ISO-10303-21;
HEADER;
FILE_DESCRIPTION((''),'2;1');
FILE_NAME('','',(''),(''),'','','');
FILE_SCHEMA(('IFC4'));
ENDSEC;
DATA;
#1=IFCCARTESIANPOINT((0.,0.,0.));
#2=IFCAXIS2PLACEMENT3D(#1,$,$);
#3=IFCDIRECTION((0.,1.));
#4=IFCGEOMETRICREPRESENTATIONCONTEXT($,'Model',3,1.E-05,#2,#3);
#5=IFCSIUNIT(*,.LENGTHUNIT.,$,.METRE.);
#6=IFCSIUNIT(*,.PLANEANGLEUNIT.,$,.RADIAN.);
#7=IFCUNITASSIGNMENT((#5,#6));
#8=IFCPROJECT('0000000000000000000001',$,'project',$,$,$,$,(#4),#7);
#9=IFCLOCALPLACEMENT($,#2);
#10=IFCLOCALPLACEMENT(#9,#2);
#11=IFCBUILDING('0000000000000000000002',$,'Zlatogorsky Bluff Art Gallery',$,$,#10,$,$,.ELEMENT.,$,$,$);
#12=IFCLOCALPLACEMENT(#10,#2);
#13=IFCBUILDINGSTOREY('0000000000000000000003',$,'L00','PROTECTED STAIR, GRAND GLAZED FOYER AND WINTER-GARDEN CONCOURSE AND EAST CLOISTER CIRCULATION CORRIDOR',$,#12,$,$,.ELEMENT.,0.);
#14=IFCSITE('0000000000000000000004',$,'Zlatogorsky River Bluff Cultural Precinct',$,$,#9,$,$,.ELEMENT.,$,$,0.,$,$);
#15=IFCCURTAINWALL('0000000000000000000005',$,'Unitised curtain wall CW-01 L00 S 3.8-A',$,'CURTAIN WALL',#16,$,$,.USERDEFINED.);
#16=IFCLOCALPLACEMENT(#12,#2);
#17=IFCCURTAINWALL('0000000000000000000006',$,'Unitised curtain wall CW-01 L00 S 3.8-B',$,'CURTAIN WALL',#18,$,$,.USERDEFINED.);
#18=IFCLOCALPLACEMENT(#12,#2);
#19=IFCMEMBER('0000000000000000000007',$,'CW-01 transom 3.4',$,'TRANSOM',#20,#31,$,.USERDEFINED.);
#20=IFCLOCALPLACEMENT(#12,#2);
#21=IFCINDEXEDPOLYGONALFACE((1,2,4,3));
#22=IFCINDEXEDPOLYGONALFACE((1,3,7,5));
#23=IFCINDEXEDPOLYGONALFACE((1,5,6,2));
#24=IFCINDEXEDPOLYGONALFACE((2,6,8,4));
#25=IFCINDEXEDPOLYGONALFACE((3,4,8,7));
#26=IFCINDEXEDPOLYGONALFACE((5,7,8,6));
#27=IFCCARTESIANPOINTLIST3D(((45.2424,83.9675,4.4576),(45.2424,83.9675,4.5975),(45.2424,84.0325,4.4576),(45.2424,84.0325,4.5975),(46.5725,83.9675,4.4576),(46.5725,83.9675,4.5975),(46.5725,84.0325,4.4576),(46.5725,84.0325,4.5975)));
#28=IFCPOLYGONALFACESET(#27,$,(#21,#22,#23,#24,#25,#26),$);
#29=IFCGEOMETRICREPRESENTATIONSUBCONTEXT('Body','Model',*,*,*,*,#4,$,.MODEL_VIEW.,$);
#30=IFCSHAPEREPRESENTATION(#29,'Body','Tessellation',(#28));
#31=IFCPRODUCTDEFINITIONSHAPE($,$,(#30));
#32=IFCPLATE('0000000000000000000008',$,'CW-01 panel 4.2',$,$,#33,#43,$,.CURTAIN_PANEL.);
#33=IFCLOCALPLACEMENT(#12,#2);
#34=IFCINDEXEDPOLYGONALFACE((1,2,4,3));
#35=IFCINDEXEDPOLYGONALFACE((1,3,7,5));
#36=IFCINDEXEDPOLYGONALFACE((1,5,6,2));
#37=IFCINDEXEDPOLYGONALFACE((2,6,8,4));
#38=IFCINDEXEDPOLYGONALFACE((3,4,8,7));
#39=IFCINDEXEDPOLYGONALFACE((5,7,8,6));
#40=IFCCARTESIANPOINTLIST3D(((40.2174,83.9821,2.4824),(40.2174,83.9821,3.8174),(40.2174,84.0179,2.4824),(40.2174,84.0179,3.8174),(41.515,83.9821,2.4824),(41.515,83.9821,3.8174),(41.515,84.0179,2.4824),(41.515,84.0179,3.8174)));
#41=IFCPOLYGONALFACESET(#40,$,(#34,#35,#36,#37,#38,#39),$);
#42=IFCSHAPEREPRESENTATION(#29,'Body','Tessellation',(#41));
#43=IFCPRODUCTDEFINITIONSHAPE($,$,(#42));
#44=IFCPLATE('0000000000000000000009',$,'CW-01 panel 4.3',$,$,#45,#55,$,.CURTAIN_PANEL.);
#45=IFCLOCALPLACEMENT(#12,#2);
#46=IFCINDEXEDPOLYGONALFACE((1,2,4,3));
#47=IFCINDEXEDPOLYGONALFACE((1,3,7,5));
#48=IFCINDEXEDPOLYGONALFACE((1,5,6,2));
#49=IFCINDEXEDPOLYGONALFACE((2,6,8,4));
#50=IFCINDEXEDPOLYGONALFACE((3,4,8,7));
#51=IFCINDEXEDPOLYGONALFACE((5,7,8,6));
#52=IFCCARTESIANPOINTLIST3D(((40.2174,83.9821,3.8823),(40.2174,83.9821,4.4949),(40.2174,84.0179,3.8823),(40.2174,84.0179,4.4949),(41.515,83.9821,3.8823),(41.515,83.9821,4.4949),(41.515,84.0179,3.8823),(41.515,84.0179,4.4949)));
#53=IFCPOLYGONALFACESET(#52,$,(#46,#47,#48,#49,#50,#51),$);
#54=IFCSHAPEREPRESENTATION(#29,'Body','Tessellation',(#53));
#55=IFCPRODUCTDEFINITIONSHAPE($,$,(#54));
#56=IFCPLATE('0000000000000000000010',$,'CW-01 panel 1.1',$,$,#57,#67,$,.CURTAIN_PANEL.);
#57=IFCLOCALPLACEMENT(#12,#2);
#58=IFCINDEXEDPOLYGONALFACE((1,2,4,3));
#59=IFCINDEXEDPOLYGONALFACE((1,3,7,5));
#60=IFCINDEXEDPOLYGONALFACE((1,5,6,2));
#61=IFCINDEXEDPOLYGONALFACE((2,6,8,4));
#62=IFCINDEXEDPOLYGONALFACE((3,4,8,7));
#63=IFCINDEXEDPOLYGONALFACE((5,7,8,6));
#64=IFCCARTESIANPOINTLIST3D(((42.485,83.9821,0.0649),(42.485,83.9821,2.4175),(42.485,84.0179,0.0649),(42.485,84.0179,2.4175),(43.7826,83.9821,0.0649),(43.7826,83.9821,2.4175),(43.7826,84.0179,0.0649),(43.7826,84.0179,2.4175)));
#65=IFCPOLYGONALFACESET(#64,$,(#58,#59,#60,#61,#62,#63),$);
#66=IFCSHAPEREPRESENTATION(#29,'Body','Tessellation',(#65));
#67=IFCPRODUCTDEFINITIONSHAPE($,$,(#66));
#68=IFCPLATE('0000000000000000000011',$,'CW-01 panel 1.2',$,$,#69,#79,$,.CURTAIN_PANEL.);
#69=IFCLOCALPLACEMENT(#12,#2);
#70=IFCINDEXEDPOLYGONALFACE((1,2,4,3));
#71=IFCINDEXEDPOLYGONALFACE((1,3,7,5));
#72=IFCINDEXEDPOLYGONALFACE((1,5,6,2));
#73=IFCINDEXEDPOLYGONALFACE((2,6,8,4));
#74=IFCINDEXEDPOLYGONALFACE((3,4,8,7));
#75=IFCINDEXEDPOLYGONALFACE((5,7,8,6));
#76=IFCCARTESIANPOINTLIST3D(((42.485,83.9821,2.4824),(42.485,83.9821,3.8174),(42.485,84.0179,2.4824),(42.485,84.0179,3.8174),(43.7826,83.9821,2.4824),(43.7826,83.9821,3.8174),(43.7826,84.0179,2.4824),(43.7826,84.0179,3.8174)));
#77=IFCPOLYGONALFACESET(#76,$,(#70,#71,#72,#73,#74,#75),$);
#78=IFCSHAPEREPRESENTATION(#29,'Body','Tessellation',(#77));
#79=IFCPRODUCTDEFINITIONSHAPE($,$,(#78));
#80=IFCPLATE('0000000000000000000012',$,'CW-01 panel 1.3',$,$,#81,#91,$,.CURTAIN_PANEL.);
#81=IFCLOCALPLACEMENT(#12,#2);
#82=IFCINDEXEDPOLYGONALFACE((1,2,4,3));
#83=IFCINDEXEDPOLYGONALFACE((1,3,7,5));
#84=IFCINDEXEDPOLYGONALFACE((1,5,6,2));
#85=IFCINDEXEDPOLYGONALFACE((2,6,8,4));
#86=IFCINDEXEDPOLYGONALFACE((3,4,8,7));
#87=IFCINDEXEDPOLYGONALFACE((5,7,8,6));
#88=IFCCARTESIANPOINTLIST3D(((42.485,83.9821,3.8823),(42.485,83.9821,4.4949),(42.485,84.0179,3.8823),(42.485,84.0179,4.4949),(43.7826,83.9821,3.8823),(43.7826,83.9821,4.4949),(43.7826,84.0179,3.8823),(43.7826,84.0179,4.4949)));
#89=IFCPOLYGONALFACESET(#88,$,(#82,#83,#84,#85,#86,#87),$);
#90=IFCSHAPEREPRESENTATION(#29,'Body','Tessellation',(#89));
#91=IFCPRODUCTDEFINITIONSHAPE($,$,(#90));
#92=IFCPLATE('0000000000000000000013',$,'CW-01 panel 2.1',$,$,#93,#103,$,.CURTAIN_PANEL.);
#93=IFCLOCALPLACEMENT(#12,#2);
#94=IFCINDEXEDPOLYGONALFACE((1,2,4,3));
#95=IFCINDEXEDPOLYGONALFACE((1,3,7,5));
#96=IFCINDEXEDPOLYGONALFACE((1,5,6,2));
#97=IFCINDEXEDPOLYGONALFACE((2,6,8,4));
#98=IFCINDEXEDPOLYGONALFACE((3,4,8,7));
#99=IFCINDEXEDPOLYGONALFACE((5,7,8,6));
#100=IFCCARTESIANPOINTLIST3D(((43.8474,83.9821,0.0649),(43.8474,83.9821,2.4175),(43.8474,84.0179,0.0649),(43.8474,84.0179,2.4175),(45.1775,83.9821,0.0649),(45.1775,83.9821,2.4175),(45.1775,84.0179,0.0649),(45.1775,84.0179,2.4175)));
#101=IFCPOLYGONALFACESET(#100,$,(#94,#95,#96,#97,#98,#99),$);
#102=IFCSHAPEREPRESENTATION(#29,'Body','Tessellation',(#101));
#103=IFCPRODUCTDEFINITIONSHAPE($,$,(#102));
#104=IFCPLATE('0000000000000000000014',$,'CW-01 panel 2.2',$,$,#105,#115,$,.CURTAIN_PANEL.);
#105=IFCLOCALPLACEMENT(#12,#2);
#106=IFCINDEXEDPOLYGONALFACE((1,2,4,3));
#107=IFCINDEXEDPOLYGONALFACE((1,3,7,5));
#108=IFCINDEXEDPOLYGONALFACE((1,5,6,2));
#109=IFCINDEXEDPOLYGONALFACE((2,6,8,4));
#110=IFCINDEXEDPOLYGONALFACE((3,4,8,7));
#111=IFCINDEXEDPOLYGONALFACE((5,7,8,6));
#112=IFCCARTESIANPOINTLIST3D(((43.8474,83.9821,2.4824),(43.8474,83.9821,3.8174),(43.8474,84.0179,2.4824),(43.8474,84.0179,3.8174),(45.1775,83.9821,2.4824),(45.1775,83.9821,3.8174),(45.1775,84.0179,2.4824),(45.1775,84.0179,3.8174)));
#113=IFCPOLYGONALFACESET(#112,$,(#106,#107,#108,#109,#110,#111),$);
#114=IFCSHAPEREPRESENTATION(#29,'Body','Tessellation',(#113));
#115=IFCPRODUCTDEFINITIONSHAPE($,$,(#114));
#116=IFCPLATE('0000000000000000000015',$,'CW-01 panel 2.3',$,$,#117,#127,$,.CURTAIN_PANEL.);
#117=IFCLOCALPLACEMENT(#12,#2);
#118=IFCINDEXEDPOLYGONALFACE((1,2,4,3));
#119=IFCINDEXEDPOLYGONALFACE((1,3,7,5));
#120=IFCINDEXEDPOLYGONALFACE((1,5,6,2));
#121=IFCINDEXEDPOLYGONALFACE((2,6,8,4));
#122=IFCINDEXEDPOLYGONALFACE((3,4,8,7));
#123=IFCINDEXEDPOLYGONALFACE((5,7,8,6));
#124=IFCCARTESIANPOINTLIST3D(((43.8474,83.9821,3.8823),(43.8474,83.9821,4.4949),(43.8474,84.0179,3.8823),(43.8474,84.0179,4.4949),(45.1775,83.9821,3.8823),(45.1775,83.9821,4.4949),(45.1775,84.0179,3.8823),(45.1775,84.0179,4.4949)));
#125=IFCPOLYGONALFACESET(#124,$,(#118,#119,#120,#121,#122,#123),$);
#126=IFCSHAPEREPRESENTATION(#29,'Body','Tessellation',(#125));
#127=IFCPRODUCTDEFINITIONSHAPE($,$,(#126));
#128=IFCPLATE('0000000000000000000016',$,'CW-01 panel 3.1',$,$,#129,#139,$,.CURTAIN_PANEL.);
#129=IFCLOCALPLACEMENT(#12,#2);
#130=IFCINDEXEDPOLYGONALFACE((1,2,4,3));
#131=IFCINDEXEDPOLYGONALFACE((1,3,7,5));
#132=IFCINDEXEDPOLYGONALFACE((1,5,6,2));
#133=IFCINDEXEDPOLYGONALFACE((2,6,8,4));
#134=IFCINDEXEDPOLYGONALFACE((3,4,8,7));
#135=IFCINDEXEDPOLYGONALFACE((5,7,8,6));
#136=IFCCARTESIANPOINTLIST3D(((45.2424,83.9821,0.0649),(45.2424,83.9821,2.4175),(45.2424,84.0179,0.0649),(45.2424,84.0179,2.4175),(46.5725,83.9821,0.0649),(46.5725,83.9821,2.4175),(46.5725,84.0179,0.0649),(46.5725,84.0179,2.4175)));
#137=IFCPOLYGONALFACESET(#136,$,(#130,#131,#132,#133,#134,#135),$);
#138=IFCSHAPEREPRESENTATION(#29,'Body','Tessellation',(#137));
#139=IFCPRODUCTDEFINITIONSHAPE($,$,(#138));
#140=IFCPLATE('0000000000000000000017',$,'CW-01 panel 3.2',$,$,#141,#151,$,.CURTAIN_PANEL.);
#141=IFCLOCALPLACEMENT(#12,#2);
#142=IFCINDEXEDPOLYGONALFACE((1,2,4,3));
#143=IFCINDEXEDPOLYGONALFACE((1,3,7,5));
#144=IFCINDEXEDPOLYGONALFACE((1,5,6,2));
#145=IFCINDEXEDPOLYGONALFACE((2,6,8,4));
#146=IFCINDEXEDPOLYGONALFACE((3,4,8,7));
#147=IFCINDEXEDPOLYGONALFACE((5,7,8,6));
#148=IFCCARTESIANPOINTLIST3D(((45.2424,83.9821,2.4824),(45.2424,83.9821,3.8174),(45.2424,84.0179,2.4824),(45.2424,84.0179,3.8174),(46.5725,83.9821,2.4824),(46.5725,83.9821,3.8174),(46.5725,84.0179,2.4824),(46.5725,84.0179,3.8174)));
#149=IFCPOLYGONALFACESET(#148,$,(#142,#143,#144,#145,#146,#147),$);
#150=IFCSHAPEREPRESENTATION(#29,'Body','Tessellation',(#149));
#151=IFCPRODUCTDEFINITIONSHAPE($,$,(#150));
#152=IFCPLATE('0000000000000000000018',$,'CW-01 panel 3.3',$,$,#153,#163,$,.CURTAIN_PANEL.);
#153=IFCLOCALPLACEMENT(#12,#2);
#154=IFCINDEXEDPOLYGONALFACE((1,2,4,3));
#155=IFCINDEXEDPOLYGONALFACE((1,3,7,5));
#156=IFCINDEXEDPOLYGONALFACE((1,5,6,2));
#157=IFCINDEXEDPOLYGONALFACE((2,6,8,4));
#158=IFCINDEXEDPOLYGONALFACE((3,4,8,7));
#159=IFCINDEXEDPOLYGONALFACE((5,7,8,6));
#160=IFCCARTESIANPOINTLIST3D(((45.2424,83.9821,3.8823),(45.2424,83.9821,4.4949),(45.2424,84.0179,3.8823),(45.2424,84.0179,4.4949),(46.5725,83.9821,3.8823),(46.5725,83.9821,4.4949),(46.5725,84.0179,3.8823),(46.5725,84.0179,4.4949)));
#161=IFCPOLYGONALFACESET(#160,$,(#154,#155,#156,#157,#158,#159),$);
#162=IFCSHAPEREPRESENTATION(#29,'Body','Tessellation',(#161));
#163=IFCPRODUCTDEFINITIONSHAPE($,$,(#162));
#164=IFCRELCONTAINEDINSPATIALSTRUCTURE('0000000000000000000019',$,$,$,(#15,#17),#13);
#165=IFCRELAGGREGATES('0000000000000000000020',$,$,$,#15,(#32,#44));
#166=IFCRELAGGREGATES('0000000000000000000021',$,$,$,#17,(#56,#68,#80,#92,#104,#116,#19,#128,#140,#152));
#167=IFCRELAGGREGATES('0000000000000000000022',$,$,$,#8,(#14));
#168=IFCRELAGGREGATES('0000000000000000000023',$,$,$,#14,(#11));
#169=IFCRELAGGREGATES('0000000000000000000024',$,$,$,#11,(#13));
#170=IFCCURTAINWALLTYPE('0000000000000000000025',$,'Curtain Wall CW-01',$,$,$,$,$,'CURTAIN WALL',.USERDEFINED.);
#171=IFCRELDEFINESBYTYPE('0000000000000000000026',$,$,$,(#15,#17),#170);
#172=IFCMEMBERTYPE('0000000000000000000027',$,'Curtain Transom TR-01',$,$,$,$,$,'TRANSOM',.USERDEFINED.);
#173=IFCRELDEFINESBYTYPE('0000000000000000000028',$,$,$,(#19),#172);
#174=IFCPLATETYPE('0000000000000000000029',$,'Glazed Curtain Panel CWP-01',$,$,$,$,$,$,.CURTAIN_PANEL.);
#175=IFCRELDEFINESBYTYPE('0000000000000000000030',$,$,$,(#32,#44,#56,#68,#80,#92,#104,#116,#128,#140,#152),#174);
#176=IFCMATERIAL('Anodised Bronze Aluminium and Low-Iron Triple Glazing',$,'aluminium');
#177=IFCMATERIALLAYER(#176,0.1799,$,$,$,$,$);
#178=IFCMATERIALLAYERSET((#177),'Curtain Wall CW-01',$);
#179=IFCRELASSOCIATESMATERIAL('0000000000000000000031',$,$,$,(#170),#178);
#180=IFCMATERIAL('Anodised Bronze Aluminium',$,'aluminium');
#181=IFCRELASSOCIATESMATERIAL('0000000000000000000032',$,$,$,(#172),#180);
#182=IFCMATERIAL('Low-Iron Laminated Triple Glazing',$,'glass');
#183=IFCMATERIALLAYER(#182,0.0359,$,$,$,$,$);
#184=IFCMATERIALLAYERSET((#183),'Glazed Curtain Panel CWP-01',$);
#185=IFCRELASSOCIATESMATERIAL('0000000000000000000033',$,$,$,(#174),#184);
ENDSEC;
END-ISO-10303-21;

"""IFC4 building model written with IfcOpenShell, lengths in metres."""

from ifc_helpers import new_model, si_unit, direction, frame, origin, origin_2d, place, context, subcontext, project, spatial, rectangle, extrude, material, layer, layer_set, material_profile, profile_set, type_object, element, aggregate, save


model = new_model("IFC4")

# Units and contexts
model_context = context("Model", 3, precision=1e-05, world=origin(), true_north=direction((0.0, 1.0)))
body_context = subcontext(model_context, "Body", "Model", "MODEL_VIEW")
ifc_project = project(units=[si_unit("LENGTHUNIT", "METRE"), si_unit("PLANEANGLEUNIT", "RADIAN")], contexts=[model_context])

# Site, building, storey
site_placement = place(None, origin())
site = spatial("IfcSite", under=ifc_project, at=site_placement, Name="Zlatogorsky River Bluff Cultural Precinct", CompositionType="ELEMENT", RefElevation=0.0)
building_placement = place(site_placement, origin())
building = spatial("IfcBuilding", under=site, at=building_placement, Name="Zlatogorsky Bluff Art Gallery", CompositionType="ELEMENT")
storey_placement = place(building_placement, origin())
storey = spatial("IfcBuildingStorey", under=building, at=storey_placement, Name="L00", Description="PROTECTED STAIR, GRAND GLAZED FOYER AND WINTER-GARDEN CONCOURSE AND EAST CLOISTER CIRCULATION CORRIDOR", CompositionType="ELEMENT", Elevation=0.0)

# Curtain wall
ifc_material_1 = material(Name="Anodised Bronze Aluminium and Low-Iron Triple Glazing", Category="aluminium")
ifc_layer_1 = layer(ifc_material_1, 0.1799)
ifc_layer_set_1 = layer_set([ifc_layer_1], Name="Curtain Wall CW-01")
curtain_wall_type = type_object("IfcCurtainWallType", Name="Curtain Wall CW-01", ElementType="CURTAIN WALL", PredefinedType="USERDEFINED", material=ifc_layer_set_1)
curtain_wall_1_placement = place(storey_placement, origin())
curtain_wall_1 = element("IfcCurtainWall", 1, at=curtain_wall_1_placement, inside=storey, type_object=curtain_wall_type, Name="Unitised curtain wall CW-01 L00 S 3.8-A", ObjectType="CURTAIN WALL", PredefinedType="USERDEFINED")
ifc_material_2 = material(Name="Anodised Bronze Aluminium", Category="aluminium")

# Curtain wall, member
curtain_wall_2_placement = place(storey_placement, origin())
curtain_wall_2 = element("IfcCurtainWall", 2, at=curtain_wall_2_placement, inside=storey, type_object=curtain_wall_type, Name="Unitised curtain wall CW-01 L00 S 3.8-B", ObjectType="CURTAIN WALL", PredefinedType="USERDEFINED")
ifc_material_profile_1 = material_profile(ifc_material_2, rectangle(XDim=0.0649, YDim=0.1399, at=origin_2d()), Name="ALU TRANSOM 65x140")
ifc_profile_set_1 = profile_set([ifc_material_profile_1], Name="Anodised Bronze Aluminium")
member_type_1 = type_object("IfcMemberType", Name="Curtain Transom TR-01", ElementType="TRANSOM", PredefinedType="USERDEFINED", material=ifc_profile_set_1)
member_1_placement = place(storey_placement, frame((45.2424, 84.0, 4.5276), z_axis=(1.0, 0.0, 0.0), x_axis=(0.0, 1.0, 0.0)))
member_1 = element("IfcMember", 3, at=member_1_placement, type_object=member_type_1, Name="CW-01 transom 3.4", ObjectType="TRANSOM", PredefinedType="USERDEFINED", context=body_context, shape_type="SweptSolid", body=[
    extrude(rectangle(XDim=0.0649, YDim=0.1399, at=origin_2d()), origin(), (0.0, 0.0, 1.0), 1.3301),
])

# Plates
ifc_material_3 = material(Name="Low-Iron Laminated Triple Glazing", Category="glass")
ifc_layer_2 = layer(ifc_material_3, 0.0359)
ifc_layer_set_2 = layer_set([ifc_layer_2], Name="Glazed Curtain Panel CWP-01")
plate_type = type_object("IfcPlateType", Name="Glazed Curtain Panel CWP-01", PredefinedType="CURTAIN_PANEL", material=ifc_layer_set_2)
plate_1_placement = place(storey_placement, frame((40.8662, 84.0, 2.4824), z_axis=(0.0, 0.0, 1.0), x_axis=(1.0, 0.0, 0.0)))
plate_1 = element("IfcPlate", 4, at=plate_1_placement, type_object=plate_type, Name="CW-01 panel 4.2", PredefinedType="CURTAIN_PANEL", context=body_context, shape_type="SweptSolid", body=[
    extrude(rectangle(XDim=1.2976, YDim=0.0359, at=origin_2d()), origin(), (0.0, 0.0, 1.0), 1.335),
])
plate_2_placement = place(storey_placement, frame((40.8662, 84.0, 3.8823), z_axis=(0.0, 0.0, 1.0), x_axis=(1.0, 0.0, 0.0)))
plate_2 = element("IfcPlate", 5, at=plate_2_placement, type_object=plate_type, Name="CW-01 panel 4.3", PredefinedType="CURTAIN_PANEL", context=body_context, shape_type="SweptSolid", body=[
    extrude(rectangle(XDim=1.2976, YDim=0.0359, at=origin_2d()), origin(), (0.0, 0.0, 1.0), 0.6125),
])
aggregate(curtain_wall_1, [plate_1, plate_2])
plate_3_placement = place(storey_placement, frame((43.1338, 84.0, 0.0649), z_axis=(0.0, 0.0, 1.0), x_axis=(1.0, 0.0, 0.0)))
plate_3 = element("IfcPlate", 6, at=plate_3_placement, type_object=plate_type, Name="CW-01 panel 1.1", PredefinedType="CURTAIN_PANEL", context=body_context, shape_type="SweptSolid", body=[
    extrude(rectangle(XDim=1.2976, YDim=0.0359, at=origin_2d()), origin(), (0.0, 0.0, 1.0), 2.3525),
])
plate_4_placement = place(storey_placement, frame((43.1338, 84.0, 2.4824), z_axis=(0.0, 0.0, 1.0), x_axis=(1.0, 0.0, 0.0)))
plate_4 = element("IfcPlate", 7, at=plate_4_placement, type_object=plate_type, Name="CW-01 panel 1.2", PredefinedType="CURTAIN_PANEL", context=body_context, shape_type="SweptSolid", body=[
    extrude(rectangle(XDim=1.2976, YDim=0.0359, at=origin_2d()), origin(), (0.0, 0.0, 1.0), 1.335),
])
plate_5_placement = place(storey_placement, frame((43.1338, 84.0, 3.8823), z_axis=(0.0, 0.0, 1.0), x_axis=(1.0, 0.0, 0.0)))
plate_5 = element("IfcPlate", 8, at=plate_5_placement, type_object=plate_type, Name="CW-01 panel 1.3", PredefinedType="CURTAIN_PANEL", context=body_context, shape_type="SweptSolid", body=[
    extrude(rectangle(XDim=1.2976, YDim=0.0359, at=origin_2d()), origin(), (0.0, 0.0, 1.0), 0.6125),
])
plate_6_placement = place(storey_placement, frame((44.5125, 84.0, 0.0649), z_axis=(0.0, 0.0, 1.0), x_axis=(1.0, 0.0, 0.0)))
plate_6 = element("IfcPlate", 9, at=plate_6_placement, type_object=plate_type, Name="CW-01 panel 2.1", PredefinedType="CURTAIN_PANEL", context=body_context, shape_type="SweptSolid", body=[
    extrude(rectangle(XDim=1.3301, YDim=0.0359, at=origin_2d()), origin(), (0.0, 0.0, 1.0), 2.3525),
])
plate_7_placement = place(storey_placement, frame((44.5125, 84.0, 2.4824), z_axis=(0.0, 0.0, 1.0), x_axis=(1.0, 0.0, 0.0)))
plate_7 = element("IfcPlate", 10, at=plate_7_placement, type_object=plate_type, Name="CW-01 panel 2.2", PredefinedType="CURTAIN_PANEL", context=body_context, shape_type="SweptSolid", body=[
    extrude(rectangle(XDim=1.3301, YDim=0.0359, at=origin_2d()), origin(), (0.0, 0.0, 1.0), 1.335),
])
plate_8_placement = place(storey_placement, frame((44.5125, 84.0, 3.8823), z_axis=(0.0, 0.0, 1.0), x_axis=(1.0, 0.0, 0.0)))
plate_8 = element("IfcPlate", 11, at=plate_8_placement, type_object=plate_type, Name="CW-01 panel 2.3", PredefinedType="CURTAIN_PANEL", context=body_context, shape_type="SweptSolid", body=[
    extrude(rectangle(XDim=1.3301, YDim=0.0359, at=origin_2d()), origin(), (0.0, 0.0, 1.0), 0.6125),
])
plate_9_placement = place(storey_placement, frame((45.9075, 84.0, 0.0649), z_axis=(0.0, 0.0, 1.0), x_axis=(1.0, 0.0, 0.0)))
plate_9 = element("IfcPlate", 12, at=plate_9_placement, type_object=plate_type, Name="CW-01 panel 3.1", PredefinedType="CURTAIN_PANEL", context=body_context, shape_type="SweptSolid", body=[
    extrude(rectangle(XDim=1.3301, YDim=0.0359, at=origin_2d()), origin(), (0.0, 0.0, 1.0), 2.3525),
])
plate_10_placement = place(storey_placement, frame((45.9075, 84.0, 2.4824), z_axis=(0.0, 0.0, 1.0), x_axis=(1.0, 0.0, 0.0)))
plate_10 = element("IfcPlate", 13, at=plate_10_placement, type_object=plate_type, Name="CW-01 panel 3.2", PredefinedType="CURTAIN_PANEL", context=body_context, shape_type="SweptSolid", body=[
    extrude(rectangle(XDim=1.3301, YDim=0.0359, at=origin_2d()), origin(), (0.0, 0.0, 1.0), 1.335),
])
plate_11_placement = place(storey_placement, frame((45.9075, 84.0, 3.8823), z_axis=(0.0, 0.0, 1.0), x_axis=(1.0, 0.0, 0.0)))
plate_11 = element("IfcPlate", 14, at=plate_11_placement, type_object=plate_type, Name="CW-01 panel 3.3", PredefinedType="CURTAIN_PANEL", context=body_context, shape_type="SweptSolid", body=[
    extrude(rectangle(XDim=1.3301, YDim=0.0359, at=origin_2d()), origin(), (0.0, 0.0, 1.0), 0.6125),
])
aggregate(curtain_wall_2, [plate_3, plate_4, plate_5, plate_6, plate_7, plate_8, member_1, plate_9, plate_10, plate_11])

save(model, "model.ifc")
